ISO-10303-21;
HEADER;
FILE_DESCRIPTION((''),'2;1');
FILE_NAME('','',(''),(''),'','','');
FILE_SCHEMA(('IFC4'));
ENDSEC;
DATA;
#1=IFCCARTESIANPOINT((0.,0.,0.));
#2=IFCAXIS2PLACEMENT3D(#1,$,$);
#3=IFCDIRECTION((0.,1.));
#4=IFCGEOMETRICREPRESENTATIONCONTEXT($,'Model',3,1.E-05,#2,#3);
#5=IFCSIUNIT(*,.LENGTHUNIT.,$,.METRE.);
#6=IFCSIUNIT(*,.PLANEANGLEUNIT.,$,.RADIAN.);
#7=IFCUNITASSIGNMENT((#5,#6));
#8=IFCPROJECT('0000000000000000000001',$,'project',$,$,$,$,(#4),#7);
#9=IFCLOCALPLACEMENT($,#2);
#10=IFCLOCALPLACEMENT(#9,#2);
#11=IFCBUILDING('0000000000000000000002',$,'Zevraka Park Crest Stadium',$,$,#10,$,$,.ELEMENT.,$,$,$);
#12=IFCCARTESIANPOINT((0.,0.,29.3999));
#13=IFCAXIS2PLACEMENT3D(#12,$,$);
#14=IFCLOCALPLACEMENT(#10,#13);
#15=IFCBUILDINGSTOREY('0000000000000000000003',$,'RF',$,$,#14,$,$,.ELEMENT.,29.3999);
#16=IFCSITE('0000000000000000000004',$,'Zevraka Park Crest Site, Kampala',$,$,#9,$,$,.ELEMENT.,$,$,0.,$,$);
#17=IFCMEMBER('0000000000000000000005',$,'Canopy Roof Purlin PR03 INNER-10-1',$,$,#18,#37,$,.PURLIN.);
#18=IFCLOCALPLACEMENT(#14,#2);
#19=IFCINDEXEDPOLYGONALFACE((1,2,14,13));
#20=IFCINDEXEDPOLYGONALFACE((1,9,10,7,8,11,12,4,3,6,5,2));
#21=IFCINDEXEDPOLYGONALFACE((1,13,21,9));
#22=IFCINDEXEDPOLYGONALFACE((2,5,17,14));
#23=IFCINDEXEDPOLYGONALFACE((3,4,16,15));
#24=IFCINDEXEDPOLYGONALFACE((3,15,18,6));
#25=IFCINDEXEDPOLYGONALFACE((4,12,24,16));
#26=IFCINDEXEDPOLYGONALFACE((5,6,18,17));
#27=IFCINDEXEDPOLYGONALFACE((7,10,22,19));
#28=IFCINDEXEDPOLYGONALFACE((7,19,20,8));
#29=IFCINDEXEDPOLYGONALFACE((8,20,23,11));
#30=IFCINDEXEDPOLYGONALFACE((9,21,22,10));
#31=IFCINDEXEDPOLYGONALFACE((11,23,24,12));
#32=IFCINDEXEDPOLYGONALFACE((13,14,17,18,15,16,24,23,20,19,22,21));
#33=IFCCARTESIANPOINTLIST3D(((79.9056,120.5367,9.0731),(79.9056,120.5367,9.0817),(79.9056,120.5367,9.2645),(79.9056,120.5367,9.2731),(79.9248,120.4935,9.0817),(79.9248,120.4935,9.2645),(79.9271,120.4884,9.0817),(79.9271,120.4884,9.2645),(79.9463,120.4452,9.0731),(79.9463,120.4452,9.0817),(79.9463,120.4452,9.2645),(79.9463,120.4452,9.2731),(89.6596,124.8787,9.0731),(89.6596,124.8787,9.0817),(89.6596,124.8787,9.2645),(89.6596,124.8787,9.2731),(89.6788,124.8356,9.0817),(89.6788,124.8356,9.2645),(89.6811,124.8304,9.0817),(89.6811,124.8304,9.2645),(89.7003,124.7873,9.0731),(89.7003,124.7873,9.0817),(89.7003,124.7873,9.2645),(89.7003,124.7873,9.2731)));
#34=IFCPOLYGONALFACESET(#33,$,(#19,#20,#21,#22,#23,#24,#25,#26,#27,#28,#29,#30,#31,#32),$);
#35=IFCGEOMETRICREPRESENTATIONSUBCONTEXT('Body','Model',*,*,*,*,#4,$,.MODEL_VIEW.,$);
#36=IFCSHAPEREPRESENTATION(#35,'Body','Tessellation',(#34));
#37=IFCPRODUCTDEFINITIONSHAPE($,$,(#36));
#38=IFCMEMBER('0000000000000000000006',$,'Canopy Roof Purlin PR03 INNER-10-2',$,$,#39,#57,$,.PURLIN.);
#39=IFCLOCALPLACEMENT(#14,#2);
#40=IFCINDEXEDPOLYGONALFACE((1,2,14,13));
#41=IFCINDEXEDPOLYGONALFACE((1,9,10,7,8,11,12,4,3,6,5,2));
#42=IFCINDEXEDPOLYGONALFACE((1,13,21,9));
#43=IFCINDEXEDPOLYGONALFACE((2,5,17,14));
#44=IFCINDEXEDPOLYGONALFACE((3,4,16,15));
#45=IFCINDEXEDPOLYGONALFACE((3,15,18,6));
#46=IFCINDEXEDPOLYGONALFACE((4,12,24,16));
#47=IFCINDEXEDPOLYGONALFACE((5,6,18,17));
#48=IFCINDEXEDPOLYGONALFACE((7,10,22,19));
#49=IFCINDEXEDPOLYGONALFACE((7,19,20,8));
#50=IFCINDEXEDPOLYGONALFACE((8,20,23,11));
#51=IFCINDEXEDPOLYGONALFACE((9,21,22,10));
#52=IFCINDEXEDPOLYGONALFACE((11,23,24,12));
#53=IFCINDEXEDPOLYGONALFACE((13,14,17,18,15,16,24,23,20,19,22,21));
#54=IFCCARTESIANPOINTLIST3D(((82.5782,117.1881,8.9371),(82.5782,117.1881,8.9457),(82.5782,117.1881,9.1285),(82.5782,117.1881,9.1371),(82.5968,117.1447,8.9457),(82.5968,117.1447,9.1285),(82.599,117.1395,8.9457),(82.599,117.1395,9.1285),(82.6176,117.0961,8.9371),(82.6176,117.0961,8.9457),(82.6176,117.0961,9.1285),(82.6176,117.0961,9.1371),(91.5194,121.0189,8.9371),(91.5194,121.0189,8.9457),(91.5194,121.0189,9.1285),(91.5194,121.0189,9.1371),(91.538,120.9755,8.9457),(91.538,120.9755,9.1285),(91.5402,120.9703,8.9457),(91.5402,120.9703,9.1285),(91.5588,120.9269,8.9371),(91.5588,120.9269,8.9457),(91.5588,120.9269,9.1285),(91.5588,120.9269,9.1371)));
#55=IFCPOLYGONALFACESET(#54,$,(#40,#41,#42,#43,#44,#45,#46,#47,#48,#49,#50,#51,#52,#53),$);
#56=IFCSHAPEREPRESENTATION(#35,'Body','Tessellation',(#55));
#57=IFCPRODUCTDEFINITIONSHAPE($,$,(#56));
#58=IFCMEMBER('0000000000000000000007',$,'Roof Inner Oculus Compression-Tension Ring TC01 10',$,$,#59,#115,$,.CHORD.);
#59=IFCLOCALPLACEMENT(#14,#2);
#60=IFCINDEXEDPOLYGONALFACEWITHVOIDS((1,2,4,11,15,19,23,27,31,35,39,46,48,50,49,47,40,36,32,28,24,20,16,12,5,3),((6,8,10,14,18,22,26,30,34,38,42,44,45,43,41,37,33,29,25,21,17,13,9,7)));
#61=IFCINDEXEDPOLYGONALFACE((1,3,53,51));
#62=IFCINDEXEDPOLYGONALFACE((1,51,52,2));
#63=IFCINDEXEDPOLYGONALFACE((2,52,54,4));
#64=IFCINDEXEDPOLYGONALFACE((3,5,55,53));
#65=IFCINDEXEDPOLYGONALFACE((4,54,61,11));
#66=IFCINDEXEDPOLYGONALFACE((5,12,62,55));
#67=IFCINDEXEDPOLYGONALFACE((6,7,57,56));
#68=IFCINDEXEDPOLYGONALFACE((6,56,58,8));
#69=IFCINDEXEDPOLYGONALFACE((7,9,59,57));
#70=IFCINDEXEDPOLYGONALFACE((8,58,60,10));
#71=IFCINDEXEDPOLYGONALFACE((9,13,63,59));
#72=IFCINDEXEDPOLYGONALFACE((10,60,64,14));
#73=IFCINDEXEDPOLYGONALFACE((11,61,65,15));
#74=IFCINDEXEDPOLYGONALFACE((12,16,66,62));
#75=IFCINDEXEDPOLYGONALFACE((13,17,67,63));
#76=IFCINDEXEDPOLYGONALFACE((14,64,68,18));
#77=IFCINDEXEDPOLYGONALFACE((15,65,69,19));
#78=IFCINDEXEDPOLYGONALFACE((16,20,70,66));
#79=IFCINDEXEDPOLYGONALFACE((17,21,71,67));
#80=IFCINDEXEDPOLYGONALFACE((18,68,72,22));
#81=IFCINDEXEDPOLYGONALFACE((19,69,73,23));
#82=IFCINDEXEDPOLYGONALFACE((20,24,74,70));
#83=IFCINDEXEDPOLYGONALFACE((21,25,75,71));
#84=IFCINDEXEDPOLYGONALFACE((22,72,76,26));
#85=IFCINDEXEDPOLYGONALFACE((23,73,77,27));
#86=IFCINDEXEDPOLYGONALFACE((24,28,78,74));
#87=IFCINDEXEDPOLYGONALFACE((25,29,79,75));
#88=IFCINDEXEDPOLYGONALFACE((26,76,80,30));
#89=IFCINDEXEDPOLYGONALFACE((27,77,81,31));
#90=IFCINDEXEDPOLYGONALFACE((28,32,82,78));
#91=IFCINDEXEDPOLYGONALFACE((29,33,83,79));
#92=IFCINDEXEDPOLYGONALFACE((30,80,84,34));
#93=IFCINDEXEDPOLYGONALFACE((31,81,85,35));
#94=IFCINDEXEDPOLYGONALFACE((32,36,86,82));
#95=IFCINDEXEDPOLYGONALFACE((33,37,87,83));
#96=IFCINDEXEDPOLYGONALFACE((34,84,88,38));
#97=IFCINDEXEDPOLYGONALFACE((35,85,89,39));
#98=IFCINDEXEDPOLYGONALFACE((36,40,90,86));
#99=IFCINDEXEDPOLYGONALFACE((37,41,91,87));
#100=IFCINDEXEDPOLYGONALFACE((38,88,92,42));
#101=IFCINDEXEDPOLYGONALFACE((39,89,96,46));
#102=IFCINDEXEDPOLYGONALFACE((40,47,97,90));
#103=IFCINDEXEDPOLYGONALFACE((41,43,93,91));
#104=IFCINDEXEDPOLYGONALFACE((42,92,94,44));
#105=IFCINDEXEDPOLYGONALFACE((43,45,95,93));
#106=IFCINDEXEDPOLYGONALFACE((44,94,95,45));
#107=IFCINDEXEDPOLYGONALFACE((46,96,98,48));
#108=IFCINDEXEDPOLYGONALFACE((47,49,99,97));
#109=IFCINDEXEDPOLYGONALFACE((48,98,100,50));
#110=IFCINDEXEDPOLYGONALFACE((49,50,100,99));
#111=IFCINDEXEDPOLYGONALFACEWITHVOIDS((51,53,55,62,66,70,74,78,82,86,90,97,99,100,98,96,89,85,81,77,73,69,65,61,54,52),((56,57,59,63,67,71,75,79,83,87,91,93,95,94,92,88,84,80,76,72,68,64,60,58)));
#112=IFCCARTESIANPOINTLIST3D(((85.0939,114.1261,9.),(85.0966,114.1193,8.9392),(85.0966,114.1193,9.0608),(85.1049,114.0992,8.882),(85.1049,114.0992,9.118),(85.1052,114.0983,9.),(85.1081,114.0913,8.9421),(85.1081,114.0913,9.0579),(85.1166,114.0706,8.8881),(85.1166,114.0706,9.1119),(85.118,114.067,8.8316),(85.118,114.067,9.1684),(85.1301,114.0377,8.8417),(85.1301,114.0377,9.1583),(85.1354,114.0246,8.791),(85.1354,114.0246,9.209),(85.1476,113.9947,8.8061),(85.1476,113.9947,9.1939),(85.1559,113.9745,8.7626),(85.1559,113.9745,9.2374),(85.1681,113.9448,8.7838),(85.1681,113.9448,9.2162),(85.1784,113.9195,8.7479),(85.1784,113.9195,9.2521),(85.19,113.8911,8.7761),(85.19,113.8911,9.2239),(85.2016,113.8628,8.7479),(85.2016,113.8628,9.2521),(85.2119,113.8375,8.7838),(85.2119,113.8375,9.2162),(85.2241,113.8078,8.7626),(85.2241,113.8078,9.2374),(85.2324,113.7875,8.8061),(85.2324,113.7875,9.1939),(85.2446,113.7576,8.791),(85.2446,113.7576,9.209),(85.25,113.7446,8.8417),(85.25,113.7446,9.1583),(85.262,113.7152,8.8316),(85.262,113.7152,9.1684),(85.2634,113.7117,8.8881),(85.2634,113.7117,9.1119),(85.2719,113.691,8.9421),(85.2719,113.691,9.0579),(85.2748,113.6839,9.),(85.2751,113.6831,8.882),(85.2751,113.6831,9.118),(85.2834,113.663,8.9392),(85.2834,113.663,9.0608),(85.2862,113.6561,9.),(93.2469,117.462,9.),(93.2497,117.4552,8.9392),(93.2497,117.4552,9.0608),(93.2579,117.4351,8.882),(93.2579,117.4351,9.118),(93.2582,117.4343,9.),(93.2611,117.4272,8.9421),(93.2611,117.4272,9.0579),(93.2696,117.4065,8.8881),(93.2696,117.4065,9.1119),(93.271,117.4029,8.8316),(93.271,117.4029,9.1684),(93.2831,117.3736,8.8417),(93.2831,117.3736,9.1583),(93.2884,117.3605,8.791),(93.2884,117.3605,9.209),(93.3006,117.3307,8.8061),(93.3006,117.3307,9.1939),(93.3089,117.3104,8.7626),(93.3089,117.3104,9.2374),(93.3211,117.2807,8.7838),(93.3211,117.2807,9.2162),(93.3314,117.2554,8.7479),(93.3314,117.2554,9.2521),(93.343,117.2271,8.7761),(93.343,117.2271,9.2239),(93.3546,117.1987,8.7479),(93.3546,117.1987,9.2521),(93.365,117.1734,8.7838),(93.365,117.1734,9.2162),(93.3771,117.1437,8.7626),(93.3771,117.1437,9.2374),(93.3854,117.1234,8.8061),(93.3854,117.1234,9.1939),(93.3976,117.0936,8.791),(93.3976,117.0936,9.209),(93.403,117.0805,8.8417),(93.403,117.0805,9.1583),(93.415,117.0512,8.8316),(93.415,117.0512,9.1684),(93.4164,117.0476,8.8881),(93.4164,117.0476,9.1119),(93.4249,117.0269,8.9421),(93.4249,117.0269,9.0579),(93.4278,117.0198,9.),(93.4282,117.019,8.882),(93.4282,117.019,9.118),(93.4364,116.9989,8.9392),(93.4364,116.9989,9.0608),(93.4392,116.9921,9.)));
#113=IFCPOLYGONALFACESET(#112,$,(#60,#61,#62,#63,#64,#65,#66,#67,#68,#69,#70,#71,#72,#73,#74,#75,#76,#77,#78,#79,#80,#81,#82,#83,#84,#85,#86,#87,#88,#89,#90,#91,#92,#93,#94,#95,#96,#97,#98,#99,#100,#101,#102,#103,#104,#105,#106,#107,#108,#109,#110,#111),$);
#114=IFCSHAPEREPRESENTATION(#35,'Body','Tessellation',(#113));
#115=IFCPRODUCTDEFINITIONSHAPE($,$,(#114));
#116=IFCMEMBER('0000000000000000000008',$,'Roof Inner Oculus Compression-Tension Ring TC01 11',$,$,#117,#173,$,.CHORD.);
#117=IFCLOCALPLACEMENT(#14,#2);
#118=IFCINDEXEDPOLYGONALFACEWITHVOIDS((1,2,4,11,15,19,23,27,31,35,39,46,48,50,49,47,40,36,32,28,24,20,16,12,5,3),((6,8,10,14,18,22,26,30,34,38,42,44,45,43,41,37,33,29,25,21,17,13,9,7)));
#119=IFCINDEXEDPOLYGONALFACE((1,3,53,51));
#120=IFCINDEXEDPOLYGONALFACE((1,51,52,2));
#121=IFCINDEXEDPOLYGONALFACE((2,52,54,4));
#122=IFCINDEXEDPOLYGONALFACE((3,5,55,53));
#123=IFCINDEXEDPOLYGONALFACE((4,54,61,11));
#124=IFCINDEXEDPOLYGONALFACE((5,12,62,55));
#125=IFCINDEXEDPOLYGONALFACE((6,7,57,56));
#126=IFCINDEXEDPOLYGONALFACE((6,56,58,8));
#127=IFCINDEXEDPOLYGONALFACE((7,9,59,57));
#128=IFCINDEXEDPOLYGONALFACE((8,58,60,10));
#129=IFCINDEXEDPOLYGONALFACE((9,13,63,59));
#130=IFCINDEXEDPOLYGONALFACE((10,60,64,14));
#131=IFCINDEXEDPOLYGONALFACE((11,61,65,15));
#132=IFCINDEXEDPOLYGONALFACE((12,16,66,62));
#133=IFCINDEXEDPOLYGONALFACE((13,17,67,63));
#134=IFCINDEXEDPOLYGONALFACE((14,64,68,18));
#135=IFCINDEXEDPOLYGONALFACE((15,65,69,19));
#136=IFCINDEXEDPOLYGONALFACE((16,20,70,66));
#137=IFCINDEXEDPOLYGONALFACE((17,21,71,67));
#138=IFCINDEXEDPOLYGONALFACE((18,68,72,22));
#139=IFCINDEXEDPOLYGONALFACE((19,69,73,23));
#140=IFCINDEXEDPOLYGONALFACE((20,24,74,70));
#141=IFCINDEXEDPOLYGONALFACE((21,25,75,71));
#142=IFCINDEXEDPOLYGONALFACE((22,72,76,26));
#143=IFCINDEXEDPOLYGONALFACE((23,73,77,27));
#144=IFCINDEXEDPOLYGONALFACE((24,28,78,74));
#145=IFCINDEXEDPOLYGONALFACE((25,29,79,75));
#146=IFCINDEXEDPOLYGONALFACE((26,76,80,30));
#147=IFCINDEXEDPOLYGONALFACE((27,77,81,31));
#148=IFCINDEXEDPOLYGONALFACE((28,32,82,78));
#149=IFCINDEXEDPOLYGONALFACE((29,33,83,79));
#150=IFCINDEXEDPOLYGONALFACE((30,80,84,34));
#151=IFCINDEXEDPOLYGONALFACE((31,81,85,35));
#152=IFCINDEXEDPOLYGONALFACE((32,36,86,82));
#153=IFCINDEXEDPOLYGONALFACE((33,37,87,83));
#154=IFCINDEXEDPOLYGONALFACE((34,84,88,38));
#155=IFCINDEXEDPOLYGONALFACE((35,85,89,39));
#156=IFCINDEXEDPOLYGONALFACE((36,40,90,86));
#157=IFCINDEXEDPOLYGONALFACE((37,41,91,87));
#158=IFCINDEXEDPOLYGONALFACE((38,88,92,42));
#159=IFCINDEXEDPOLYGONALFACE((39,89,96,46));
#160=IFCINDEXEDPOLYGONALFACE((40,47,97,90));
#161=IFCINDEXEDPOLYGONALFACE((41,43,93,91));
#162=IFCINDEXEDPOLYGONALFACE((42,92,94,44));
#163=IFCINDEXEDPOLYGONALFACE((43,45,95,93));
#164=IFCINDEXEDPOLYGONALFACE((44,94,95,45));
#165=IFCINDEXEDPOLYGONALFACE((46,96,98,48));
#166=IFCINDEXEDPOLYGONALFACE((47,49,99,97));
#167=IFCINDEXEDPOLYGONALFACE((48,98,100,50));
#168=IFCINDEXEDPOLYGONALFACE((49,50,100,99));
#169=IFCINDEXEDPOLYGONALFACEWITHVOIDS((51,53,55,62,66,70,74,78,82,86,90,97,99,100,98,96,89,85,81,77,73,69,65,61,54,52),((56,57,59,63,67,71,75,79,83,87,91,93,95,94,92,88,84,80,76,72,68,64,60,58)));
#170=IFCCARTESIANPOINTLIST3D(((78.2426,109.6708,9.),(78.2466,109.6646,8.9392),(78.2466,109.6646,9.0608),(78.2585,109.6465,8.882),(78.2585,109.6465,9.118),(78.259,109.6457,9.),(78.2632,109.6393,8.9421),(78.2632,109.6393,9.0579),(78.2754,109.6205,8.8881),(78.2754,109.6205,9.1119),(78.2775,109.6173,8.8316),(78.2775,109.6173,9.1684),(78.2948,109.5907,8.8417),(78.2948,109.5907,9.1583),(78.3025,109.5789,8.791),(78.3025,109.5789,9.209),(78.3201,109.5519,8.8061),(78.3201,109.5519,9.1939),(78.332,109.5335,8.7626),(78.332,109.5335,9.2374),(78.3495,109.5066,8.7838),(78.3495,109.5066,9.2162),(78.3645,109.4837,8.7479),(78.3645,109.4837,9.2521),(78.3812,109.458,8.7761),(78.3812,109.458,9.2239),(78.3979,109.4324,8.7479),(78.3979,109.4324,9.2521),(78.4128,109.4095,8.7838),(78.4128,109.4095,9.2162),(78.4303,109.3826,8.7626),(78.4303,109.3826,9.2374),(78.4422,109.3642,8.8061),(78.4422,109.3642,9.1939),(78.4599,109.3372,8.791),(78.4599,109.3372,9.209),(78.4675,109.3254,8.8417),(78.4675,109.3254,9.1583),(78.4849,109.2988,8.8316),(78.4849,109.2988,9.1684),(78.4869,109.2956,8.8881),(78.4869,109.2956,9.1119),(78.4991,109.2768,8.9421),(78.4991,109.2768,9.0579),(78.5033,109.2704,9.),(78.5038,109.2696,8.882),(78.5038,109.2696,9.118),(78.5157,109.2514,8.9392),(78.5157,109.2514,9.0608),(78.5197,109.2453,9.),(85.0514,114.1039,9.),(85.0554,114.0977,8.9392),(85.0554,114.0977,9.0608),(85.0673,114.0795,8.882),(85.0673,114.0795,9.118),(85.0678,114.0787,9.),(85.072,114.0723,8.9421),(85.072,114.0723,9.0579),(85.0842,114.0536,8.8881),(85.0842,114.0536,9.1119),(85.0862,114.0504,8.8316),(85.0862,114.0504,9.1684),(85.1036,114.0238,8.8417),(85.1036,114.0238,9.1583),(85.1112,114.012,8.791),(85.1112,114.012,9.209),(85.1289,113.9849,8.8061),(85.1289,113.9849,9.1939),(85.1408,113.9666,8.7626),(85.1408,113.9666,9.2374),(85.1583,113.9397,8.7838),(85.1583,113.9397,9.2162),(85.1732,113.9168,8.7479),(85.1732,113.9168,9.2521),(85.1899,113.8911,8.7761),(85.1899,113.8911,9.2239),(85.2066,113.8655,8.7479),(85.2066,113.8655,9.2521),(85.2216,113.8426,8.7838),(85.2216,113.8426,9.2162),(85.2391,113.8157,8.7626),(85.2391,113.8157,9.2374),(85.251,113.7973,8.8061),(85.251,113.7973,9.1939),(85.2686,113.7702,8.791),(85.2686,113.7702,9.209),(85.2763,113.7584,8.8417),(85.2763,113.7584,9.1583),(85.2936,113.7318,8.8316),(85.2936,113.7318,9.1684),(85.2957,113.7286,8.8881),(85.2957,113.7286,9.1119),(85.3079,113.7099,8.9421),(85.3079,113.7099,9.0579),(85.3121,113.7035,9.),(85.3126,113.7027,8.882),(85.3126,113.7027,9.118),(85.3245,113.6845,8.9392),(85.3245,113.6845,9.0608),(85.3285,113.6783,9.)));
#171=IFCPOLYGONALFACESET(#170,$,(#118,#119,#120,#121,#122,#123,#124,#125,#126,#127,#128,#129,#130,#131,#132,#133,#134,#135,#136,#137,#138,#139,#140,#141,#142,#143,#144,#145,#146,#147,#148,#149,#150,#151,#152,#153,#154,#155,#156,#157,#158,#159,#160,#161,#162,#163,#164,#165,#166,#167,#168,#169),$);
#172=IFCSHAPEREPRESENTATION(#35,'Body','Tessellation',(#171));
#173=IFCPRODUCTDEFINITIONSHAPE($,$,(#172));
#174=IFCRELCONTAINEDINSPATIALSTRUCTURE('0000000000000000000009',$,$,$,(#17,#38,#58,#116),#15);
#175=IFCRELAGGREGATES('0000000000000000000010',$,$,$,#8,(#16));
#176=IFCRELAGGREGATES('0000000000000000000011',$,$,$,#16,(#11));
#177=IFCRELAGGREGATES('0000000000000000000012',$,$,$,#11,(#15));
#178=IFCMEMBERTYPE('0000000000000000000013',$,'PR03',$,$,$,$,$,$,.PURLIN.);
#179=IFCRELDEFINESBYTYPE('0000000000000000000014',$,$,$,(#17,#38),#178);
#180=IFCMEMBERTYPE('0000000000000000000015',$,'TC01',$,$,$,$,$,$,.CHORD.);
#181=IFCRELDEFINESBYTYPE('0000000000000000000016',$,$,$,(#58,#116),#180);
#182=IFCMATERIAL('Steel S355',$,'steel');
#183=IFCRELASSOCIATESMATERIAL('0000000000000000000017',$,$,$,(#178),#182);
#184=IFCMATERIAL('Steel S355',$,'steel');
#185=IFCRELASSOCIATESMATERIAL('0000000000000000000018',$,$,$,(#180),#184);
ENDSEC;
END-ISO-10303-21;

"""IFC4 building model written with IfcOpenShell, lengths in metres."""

from ifc_helpers import new_model, si_unit, direction, frame, origin, origin_2d, place, context, subcontext, project, spatial, hollow_circle, i_section, extrude, material, material_profile, profile_set, type_object, element, save


model = new_model("IFC4")

# Units and contexts
model_context = context("Model", 3, precision=1e-05, world=origin(), true_north=direction((0.0, 1.0)))
body_context = subcontext(model_context, "Body", "Model", "MODEL_VIEW")
ifc_project = project(units=[si_unit("LENGTHUNIT", "METRE"), si_unit("PLANEANGLEUNIT", "RADIAN")], contexts=[model_context])

# Site, building, storey
site_placement = place(None, origin())
site = spatial("IfcSite", under=ifc_project, at=site_placement, Name="Zevraka Park Crest Site, Kampala", CompositionType="ELEMENT", RefElevation=0.0)
building_placement = place(site_placement, origin())
building = spatial("IfcBuilding", under=site, at=building_placement, Name="Zevraka Park Crest Stadium", CompositionType="ELEMENT")
storey_placement = place(building_placement, frame((0.0, 0.0, 29.3999)))
storey = spatial("IfcBuildingStorey", under=building, at=storey_placement, Name="RF", CompositionType="ELEMENT", Elevation=29.3999)

# Members
ifc_material_1 = material(Name="Steel S355", Category="steel")
ifc_material_profile_1 = material_profile(ifc_material_1, i_section(OverallWidth=0.1001, OverallDepth=0.2, WebThickness=0.0056, FlangeThickness=0.0085, at=origin_2d()), Name="IPE 200")
ifc_profile_set_1 = profile_set([ifc_material_profile_1], Name="Steel S355")
member_type_1 = type_object("IfcMemberType", Name="PR03", PredefinedType="PURLIN", material=ifc_profile_set_1)
member_1_placement = place(storey_placement, frame((89.6799, 124.833, 9.1731), z_axis=(-0.913569, -0.406684, 0.0), x_axis=(0.406684, -0.913569, 0.0)))
element("IfcMember", 1, at=member_1_placement, inside=storey, type_object=member_type_1, Name="Canopy Roof Purlin PR03 INNER-10-1", PredefinedType="PURLIN", context=body_context, shape_type="SweptSolid", body=[
    extrude(i_section(OverallWidth=0.1001, OverallDepth=0.2, WebThickness=0.0056, FlangeThickness=0.0085, at=origin_2d()), origin(), (0.0, 0.0, 1.0), 10.6768),
])
member_2_placement = place(storey_placement, frame((91.5391, 120.9729, 9.0371), z_axis=(-0.919187, -0.393822, 0.0), x_axis=(0.393822, -0.919187, 0.0)))
element("IfcMember", 2, at=member_2_placement, inside=storey, type_object=member_type_1, Name="Canopy Roof Purlin PR03 INNER-10-2", PredefinedType="PURLIN", context=body_context, shape_type="SweptSolid", body=[
    extrude(i_section(OverallWidth=0.1001, OverallDepth=0.2, WebThickness=0.0056, FlangeThickness=0.0085, at=origin_2d()), origin(), (0.0, 0.0, 1.0), 9.7273),
])
ifc_material_2 = material(Name="Steel S355", Category="steel")
ifc_material_profile_2 = material_profile(ifc_material_2, hollow_circle(Radius=0.2539, WallThickness=0.03, at=origin_2d()), Name="CHS 508.0x30")
ifc_profile_set_2 = profile_set([ifc_material_profile_2], Name="Steel S355")
member_type_2 = type_object("IfcMemberType", Name="TC01", PredefinedType="CHORD", material=ifc_profile_set_2)
member_3_placement = place(storey_placement, frame((93.343, 117.2271, 9.0), z_axis=(-0.925524, -0.37869, 0.0), x_axis=(0.37869, -0.925524, 0.0)))
element("IfcMember", 3, at=member_3_placement, inside=storey, type_object=member_type_2, Name="Roof Inner Oculus Compression-Tension Ring TC01 10", PredefinedType="CHORD", context=body_context, shape_type="SweptSolid", body=[
    extrude(hollow_circle(Radius=0.2539, WallThickness=0.03, at=origin_2d()), origin(), (0.0, 0.0, 1.0), 8.8091),
])
member_4_placement = place(storey_placement, frame((85.1899, 113.8911, 9.0), z_axis=(-0.838029, -0.545625, 0.0), x_axis=(0.545625, -0.838029, 0.0)))
element("IfcMember", 4, at=member_4_placement, inside=storey, type_object=member_type_2, Name="Roof Inner Oculus Compression-Tension Ring TC01 11", PredefinedType="CHORD", context=body_context, shape_type="SweptSolid", body=[
    extrude(hollow_circle(Radius=0.2539, WallThickness=0.03, at=origin_2d()), origin(), (0.0, 0.0, 1.0), 8.1248),
])

save(model, "model.ifc")
